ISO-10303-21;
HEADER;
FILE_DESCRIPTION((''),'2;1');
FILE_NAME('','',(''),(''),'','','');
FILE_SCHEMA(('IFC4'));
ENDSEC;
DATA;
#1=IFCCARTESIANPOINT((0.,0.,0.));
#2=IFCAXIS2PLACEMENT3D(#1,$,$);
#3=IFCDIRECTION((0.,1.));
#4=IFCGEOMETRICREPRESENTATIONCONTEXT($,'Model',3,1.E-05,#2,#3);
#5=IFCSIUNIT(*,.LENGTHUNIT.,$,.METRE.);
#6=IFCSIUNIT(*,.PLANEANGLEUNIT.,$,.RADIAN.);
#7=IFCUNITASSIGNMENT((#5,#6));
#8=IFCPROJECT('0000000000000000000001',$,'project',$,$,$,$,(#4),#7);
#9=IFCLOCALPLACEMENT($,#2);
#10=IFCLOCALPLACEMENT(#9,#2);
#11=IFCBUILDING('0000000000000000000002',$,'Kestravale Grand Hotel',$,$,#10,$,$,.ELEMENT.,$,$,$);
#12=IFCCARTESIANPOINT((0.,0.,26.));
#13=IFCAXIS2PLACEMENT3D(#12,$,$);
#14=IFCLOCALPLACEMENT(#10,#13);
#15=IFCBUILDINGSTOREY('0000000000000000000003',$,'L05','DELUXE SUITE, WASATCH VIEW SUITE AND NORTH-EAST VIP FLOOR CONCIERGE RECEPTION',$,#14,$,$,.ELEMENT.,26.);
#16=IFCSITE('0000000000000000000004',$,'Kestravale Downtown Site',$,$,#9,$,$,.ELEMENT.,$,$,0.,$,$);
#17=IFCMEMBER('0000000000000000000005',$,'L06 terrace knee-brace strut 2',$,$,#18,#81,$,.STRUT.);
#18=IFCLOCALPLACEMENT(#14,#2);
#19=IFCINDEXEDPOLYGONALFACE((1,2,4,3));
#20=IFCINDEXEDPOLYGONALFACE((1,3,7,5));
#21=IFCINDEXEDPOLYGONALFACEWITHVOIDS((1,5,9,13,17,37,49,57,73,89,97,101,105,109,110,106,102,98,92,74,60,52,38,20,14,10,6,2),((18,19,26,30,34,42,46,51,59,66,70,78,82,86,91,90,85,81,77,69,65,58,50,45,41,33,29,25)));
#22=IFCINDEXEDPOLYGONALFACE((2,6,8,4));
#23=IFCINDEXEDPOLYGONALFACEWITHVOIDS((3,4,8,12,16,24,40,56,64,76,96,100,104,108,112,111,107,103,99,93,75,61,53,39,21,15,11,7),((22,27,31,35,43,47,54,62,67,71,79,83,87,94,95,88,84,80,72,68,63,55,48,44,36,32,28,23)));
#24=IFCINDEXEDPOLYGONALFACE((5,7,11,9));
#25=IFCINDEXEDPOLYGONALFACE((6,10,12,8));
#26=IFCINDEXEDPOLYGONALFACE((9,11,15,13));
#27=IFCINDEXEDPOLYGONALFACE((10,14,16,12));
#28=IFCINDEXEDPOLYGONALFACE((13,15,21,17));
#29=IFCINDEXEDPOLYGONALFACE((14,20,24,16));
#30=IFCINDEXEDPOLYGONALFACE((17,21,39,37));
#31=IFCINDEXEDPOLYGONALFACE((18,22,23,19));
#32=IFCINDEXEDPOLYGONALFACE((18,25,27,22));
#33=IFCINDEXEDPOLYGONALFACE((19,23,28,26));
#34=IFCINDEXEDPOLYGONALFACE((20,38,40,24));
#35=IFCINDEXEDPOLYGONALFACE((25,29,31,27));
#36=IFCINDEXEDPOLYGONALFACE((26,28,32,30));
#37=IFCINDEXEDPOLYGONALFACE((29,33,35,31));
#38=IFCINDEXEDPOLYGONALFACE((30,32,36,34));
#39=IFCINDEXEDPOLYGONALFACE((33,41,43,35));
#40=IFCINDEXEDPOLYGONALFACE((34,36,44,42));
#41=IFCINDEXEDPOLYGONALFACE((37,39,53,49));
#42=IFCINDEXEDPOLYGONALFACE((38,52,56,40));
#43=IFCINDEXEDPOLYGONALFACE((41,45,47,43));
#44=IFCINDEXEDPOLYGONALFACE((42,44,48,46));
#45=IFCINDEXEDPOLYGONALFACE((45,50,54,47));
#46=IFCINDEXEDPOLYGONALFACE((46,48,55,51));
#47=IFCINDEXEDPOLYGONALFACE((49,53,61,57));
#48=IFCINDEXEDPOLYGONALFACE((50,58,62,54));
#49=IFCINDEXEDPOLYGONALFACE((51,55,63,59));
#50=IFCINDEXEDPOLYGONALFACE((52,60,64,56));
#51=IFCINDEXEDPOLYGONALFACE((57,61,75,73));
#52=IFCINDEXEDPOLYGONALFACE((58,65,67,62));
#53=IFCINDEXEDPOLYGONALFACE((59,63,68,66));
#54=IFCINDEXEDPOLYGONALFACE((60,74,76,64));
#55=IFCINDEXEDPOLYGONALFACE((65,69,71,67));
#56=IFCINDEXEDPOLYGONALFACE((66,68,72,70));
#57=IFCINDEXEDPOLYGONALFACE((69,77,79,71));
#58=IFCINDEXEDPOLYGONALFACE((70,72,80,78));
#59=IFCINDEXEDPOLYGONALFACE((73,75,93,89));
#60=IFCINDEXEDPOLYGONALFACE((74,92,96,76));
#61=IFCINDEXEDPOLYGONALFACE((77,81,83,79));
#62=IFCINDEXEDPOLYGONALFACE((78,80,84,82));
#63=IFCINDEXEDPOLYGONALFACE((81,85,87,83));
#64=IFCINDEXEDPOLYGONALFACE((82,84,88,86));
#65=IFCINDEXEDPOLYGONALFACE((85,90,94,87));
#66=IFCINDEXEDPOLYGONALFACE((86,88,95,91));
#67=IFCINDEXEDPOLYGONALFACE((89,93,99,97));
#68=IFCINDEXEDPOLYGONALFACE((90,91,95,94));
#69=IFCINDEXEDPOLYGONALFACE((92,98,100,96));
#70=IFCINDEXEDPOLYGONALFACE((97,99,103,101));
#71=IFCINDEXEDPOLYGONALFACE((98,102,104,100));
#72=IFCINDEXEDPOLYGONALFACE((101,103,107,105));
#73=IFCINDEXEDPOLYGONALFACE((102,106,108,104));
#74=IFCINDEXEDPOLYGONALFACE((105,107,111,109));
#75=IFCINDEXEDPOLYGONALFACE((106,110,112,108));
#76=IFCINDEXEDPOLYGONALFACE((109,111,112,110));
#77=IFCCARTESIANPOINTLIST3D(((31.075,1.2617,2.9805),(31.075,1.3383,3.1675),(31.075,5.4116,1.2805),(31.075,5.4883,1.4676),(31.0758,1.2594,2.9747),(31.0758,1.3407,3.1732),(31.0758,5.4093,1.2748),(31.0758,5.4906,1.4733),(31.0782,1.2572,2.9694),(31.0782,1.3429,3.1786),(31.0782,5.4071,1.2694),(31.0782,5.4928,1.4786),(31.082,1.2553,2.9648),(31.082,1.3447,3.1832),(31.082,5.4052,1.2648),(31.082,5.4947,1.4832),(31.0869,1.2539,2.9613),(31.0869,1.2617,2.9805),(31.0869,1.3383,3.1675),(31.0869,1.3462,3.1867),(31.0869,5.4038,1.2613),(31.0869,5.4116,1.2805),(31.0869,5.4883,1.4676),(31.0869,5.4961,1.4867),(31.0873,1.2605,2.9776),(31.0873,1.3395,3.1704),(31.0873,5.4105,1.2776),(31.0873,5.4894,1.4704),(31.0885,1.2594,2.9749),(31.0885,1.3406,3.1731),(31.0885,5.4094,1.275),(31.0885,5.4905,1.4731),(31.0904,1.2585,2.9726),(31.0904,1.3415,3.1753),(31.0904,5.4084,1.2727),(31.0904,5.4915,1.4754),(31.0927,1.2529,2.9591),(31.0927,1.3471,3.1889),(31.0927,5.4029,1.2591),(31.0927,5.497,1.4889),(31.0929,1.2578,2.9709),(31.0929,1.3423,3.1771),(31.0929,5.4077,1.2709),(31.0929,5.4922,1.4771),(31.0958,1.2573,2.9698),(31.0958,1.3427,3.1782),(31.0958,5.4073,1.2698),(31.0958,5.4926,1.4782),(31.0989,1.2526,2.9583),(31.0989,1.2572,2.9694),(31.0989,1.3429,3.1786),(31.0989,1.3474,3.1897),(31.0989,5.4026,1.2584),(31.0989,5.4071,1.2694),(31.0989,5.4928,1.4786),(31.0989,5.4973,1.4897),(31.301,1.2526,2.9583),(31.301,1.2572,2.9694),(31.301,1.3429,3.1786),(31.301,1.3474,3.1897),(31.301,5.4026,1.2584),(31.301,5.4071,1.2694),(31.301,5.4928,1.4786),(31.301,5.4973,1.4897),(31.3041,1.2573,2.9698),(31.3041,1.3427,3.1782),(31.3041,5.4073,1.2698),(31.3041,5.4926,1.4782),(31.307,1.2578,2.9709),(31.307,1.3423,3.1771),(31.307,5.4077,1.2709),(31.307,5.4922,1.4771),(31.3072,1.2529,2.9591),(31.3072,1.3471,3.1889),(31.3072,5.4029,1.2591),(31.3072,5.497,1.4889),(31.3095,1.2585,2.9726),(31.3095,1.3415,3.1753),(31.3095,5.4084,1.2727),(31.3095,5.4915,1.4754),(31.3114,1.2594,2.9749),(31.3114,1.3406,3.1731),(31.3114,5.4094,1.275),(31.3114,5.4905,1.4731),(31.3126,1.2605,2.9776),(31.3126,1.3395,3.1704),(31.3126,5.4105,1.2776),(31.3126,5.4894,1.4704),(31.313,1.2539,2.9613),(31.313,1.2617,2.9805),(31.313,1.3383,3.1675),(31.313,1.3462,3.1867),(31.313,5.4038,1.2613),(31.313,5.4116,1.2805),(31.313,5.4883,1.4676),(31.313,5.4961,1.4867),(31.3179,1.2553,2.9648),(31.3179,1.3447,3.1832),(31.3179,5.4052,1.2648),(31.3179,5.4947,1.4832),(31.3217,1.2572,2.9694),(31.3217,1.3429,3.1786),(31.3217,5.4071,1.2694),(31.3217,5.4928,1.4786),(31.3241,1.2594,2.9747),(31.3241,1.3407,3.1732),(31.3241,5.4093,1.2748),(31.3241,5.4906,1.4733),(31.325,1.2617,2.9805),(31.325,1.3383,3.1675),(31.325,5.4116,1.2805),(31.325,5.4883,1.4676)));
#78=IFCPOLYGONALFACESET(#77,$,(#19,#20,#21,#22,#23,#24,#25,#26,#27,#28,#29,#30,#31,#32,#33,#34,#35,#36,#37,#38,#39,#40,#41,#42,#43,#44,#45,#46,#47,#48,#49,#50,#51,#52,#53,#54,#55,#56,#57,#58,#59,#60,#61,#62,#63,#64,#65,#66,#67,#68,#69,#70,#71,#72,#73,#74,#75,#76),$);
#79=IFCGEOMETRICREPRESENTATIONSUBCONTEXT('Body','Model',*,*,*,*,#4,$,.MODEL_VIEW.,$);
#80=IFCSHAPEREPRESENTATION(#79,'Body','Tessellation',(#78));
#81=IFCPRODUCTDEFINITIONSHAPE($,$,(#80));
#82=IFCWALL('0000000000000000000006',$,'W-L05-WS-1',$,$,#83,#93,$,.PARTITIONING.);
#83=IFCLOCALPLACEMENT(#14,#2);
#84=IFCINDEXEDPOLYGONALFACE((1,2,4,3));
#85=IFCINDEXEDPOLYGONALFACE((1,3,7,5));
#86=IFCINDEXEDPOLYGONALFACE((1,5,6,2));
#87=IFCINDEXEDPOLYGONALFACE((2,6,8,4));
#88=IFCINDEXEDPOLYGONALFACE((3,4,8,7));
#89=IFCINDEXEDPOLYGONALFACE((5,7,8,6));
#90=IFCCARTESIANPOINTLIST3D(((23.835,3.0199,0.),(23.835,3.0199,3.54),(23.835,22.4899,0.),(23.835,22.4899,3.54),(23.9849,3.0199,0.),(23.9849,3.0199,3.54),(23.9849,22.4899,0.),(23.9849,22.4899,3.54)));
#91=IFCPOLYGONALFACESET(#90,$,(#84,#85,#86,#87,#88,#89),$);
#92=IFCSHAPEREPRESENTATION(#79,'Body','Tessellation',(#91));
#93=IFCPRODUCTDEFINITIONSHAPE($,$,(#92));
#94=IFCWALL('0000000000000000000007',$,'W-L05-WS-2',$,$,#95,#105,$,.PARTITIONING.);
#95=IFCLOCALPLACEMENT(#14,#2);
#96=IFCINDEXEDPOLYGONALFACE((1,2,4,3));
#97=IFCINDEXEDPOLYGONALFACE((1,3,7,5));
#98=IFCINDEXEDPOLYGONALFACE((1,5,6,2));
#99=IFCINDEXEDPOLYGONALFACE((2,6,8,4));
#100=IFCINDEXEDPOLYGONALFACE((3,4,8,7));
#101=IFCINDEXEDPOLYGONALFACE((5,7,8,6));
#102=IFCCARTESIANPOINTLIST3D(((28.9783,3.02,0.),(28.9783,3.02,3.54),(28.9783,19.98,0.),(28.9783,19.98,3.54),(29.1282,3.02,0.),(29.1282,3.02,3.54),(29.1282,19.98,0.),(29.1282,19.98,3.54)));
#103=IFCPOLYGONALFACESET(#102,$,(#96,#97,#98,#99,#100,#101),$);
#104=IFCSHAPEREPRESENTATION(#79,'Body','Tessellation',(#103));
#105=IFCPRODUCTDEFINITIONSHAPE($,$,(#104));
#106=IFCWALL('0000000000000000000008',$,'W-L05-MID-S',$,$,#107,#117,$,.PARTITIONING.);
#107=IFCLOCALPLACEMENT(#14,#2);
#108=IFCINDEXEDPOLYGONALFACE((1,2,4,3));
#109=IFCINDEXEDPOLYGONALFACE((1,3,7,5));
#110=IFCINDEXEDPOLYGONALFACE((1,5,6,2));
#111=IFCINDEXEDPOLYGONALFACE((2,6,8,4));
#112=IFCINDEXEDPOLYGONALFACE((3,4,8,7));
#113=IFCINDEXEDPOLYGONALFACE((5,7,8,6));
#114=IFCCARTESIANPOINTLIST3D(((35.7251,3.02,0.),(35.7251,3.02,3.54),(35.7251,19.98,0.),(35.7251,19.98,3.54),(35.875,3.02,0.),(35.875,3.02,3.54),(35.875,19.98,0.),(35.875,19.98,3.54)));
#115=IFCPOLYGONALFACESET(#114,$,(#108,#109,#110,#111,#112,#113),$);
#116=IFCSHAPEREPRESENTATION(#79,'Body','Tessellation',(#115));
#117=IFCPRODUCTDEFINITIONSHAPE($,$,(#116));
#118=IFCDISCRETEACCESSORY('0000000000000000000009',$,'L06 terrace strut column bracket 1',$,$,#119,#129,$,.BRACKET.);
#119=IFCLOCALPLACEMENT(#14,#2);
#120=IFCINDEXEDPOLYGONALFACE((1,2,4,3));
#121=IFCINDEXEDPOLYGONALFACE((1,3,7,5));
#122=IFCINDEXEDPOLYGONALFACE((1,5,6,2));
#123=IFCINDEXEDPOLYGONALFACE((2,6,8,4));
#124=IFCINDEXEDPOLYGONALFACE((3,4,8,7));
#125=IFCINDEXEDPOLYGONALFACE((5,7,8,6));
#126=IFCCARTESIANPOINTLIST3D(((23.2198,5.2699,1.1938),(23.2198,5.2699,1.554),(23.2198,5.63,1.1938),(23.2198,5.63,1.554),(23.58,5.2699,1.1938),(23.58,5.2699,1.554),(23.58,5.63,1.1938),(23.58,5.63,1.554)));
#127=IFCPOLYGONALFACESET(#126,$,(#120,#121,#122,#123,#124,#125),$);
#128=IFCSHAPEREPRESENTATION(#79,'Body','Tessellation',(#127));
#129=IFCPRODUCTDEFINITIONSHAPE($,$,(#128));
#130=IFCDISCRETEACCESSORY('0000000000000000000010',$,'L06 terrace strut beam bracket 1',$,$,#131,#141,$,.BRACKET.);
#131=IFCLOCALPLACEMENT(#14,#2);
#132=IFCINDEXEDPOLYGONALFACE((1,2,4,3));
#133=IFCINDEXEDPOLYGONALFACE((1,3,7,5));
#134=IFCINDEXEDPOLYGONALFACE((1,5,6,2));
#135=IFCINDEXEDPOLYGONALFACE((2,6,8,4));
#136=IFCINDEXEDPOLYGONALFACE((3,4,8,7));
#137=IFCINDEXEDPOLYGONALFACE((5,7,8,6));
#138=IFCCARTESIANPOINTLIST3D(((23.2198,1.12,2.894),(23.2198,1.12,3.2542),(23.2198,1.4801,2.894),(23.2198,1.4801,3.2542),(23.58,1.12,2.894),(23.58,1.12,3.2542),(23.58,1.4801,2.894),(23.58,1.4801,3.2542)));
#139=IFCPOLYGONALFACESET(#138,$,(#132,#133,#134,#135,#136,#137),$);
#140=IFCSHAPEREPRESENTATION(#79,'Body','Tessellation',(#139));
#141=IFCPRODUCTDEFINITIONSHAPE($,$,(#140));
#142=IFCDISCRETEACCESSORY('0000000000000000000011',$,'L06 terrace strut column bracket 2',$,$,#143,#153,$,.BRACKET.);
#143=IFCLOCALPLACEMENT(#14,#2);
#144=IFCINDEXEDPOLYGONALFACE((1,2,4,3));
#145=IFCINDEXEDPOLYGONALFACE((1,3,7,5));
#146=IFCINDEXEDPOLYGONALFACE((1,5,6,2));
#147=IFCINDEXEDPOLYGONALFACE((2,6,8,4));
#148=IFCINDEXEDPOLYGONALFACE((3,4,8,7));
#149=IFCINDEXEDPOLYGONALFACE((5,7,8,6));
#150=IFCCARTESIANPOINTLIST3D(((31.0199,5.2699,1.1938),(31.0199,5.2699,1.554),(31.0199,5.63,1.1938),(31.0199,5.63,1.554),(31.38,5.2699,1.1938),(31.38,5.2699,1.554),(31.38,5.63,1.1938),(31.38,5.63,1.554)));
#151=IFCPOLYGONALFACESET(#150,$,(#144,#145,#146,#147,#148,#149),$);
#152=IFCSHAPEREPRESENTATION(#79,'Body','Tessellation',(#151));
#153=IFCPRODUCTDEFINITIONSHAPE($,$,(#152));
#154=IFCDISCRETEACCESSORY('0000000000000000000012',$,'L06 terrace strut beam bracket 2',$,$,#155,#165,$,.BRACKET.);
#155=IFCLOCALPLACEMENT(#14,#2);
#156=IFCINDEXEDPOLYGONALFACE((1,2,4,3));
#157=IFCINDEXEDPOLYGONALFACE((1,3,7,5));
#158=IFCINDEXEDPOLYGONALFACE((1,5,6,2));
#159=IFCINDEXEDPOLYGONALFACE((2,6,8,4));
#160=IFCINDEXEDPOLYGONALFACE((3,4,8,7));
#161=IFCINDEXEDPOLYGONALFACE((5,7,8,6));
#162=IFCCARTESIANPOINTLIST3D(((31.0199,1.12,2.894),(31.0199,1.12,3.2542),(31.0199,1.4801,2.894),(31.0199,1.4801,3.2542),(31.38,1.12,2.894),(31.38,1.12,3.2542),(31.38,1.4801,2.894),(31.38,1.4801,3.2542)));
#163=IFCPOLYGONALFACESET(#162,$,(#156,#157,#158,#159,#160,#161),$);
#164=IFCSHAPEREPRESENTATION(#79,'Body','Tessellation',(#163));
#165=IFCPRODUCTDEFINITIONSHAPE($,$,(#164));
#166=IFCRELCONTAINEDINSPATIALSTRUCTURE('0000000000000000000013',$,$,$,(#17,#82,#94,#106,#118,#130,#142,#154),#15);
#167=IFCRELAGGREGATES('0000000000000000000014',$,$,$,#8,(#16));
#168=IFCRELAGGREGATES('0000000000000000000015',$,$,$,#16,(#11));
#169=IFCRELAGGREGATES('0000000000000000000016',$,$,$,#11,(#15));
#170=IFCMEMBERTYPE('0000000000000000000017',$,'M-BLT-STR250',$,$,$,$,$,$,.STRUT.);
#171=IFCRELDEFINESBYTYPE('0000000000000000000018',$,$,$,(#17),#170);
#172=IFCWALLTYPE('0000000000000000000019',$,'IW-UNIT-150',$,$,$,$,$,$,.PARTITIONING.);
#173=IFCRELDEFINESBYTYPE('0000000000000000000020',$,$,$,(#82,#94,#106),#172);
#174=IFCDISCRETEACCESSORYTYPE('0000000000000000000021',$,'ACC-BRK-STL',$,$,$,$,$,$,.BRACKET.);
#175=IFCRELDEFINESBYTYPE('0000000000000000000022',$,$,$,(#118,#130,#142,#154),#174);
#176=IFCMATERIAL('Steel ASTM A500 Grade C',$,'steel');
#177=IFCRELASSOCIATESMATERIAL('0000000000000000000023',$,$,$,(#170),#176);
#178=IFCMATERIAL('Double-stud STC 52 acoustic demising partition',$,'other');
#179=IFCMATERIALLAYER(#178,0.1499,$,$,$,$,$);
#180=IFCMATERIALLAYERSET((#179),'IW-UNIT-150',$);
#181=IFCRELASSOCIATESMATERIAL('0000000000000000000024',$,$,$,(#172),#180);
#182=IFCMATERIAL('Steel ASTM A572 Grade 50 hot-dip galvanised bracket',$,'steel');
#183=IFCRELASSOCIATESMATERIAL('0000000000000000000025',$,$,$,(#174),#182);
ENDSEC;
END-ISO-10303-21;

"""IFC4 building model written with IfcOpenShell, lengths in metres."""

from ifc_helpers import new_model, si_unit, direction, frame, frame_2d, origin, origin_2d, place, context, subcontext, project, spatial, rectangle, hollow_rectangle, extrude, material, layer, layer_set, material_profile, profile_set, type_object, element, save


model = new_model("IFC4")

# Units and contexts
model_context = context("Model", 3, precision=1e-05, world=origin(), true_north=direction((0.0, 1.0)))
body_context = subcontext(model_context, "Body", "Model", "MODEL_VIEW")
ifc_project = project(units=[si_unit("LENGTHUNIT", "METRE"), si_unit("PLANEANGLEUNIT", "RADIAN")], contexts=[model_context])

# Site, building, storey
site_placement = place(None, origin())
site = spatial("IfcSite", under=ifc_project, at=site_placement, Name="Kestravale Downtown Site", CompositionType="ELEMENT", RefElevation=0.0)
building_placement = place(site_placement, origin())
building = spatial("IfcBuilding", under=site, at=building_placement, Name="Kestravale Grand Hotel", CompositionType="ELEMENT")
storey_placement = place(building_placement, frame((0.0, 0.0, 26.0)))
storey = spatial("IfcBuildingStorey", under=building, at=storey_placement, Name="L05", Description="DELUXE SUITE, WASATCH VIEW SUITE AND NORTH-EAST VIP FLOOR CONCIERGE RECEPTION", CompositionType="ELEMENT", Elevation=26.0)

# Member
ifc_material_1 = material(Name="Steel ASTM A500 Grade C", Category="steel")
ifc_material_profile_1 = material_profile(ifc_material_1, hollow_rectangle(XDim=0.25, YDim=0.25, WallThickness=0.012, InnerFilletRadius=0.012, OuterFilletRadius=0.0239, at=origin_2d()))
ifc_profile_set_1 = profile_set([ifc_material_profile_1], Name="Steel ASTM A500 Grade C")
member_type = type_object("IfcMemberType", Name="M-BLT-STR250", PredefinedType="STRUT", material=ifc_profile_set_1)
for number, where, z_axis, x_axis, name in (
    (1, (31.2, 5.45, 1.374), (0.0, -0.92537, 0.379065), (1.0, 0.0, 0.0), "L06 terrace knee-brace strut 2"),
):
    element("IfcMember", number, at=place(storey_placement, frame(where, z_axis=z_axis, x_axis=x_axis)), inside=storey, type_object=member_type, Name=name, PredefinedType="STRUT", context=body_context, shape_type="SweptSolid", body=[
        extrude(hollow_rectangle(XDim=0.25, YDim=0.25, WallThickness=0.012, InnerFilletRadius=0.012, OuterFilletRadius=0.0239, at=origin_2d()), origin(), (0.0, 0.0, 1.0), 4.4846),
    ])

# Walls
ifc_material_2 = material(Name="Double-stud STC 52 acoustic demising partition", Category="other")
ifc_layer = layer(ifc_material_2, 0.1499)
ifc_layer_set = layer_set([ifc_layer], Name="IW-UNIT-150")
wall_type = type_object("IfcWallType", Name="IW-UNIT-150", PredefinedType="PARTITIONING", material=ifc_layer_set)
wall_placement = place(storey_placement, frame((23.9099, 3.02, 0.0), z_axis=(0.0, 0.0, 1.0), x_axis=(0.0, 1.0, 0.0)))
element("IfcWall", 2, at=wall_placement, inside=storey, type_object=wall_type, Name="W-L05-WS-1", PredefinedType="PARTITIONING", context=body_context, shape_type="SweptSolid", body=[
    extrude(rectangle(XDim=19.47, YDim=0.1499, at=frame_2d((9.7349, 0.0))), origin(), (0.0, 0.0, 1.0), 3.54),
])
for number, where, z_axis, x_axis, name in (
    (3, (29.0532, 3.02, 0.0), (0.0, 0.0, 1.0), (0.0, 1.0, 0.0), "W-L05-WS-2"),
    (4, (35.8, 3.02, 0.0), (0.0, 0.0, 1.0), (0.0, 1.0, 0.0), "W-L05-MID-S"),
):
    element("IfcWall", number, at=place(storey_placement, frame(where, z_axis=z_axis, x_axis=x_axis)), inside=storey, type_object=wall_type, Name=name, PredefinedType="PARTITIONING", context=body_context, shape_type="SweptSolid", body=[
        extrude(rectangle(XDim=16.96, YDim=0.1499, at=frame_2d((8.48, 0.0))), origin(), (0.0, 0.0, 1.0), 3.54),
    ])

# Discrete accessories
ifc_material_3 = material(Name="Steel ASTM A572 Grade 50 hot-dip galvanised bracket", Category="steel")
discrete_accessory_type = type_object("IfcDiscreteAccessoryType", Name="ACC-BRK-STL", PredefinedType="BRACKET", material=ifc_material_3)
for number, where, z_axis, x_axis, name in (
    (5, (23.3999, 5.45, 1.1938), (0.0, 0.0, 1.0), (1.0, 0.0, 0.0), "L06 terrace strut column bracket 1"),
    (6, (23.3999, 1.3, 2.894), (0.0, 0.0, 1.0), (1.0, 0.0, 0.0), "L06 terrace strut beam bracket 1"),
    (7, (31.2, 5.45, 1.1938), (0.0, 0.0, 1.0), (1.0, 0.0, 0.0), "L06 terrace strut column bracket 2"),
    (8, (31.2, 1.3, 2.894), (0.0, 0.0, 1.0), (1.0, 0.0, 0.0), "L06 terrace strut beam bracket 2"),
):
    element("IfcDiscreteAccessory", number, at=place(storey_placement, frame(where, z_axis=z_axis, x_axis=x_axis)), inside=storey, type_object=discrete_accessory_type, Name=name, PredefinedType="BRACKET", context=body_context, shape_type="SweptSolid", body=[
        extrude(rectangle(XDim=0.3601, YDim=0.3601, at=origin_2d()), origin(), (0.0, 0.0, 1.0), 0.3601),
    ])

save(model, "model.ifc")
